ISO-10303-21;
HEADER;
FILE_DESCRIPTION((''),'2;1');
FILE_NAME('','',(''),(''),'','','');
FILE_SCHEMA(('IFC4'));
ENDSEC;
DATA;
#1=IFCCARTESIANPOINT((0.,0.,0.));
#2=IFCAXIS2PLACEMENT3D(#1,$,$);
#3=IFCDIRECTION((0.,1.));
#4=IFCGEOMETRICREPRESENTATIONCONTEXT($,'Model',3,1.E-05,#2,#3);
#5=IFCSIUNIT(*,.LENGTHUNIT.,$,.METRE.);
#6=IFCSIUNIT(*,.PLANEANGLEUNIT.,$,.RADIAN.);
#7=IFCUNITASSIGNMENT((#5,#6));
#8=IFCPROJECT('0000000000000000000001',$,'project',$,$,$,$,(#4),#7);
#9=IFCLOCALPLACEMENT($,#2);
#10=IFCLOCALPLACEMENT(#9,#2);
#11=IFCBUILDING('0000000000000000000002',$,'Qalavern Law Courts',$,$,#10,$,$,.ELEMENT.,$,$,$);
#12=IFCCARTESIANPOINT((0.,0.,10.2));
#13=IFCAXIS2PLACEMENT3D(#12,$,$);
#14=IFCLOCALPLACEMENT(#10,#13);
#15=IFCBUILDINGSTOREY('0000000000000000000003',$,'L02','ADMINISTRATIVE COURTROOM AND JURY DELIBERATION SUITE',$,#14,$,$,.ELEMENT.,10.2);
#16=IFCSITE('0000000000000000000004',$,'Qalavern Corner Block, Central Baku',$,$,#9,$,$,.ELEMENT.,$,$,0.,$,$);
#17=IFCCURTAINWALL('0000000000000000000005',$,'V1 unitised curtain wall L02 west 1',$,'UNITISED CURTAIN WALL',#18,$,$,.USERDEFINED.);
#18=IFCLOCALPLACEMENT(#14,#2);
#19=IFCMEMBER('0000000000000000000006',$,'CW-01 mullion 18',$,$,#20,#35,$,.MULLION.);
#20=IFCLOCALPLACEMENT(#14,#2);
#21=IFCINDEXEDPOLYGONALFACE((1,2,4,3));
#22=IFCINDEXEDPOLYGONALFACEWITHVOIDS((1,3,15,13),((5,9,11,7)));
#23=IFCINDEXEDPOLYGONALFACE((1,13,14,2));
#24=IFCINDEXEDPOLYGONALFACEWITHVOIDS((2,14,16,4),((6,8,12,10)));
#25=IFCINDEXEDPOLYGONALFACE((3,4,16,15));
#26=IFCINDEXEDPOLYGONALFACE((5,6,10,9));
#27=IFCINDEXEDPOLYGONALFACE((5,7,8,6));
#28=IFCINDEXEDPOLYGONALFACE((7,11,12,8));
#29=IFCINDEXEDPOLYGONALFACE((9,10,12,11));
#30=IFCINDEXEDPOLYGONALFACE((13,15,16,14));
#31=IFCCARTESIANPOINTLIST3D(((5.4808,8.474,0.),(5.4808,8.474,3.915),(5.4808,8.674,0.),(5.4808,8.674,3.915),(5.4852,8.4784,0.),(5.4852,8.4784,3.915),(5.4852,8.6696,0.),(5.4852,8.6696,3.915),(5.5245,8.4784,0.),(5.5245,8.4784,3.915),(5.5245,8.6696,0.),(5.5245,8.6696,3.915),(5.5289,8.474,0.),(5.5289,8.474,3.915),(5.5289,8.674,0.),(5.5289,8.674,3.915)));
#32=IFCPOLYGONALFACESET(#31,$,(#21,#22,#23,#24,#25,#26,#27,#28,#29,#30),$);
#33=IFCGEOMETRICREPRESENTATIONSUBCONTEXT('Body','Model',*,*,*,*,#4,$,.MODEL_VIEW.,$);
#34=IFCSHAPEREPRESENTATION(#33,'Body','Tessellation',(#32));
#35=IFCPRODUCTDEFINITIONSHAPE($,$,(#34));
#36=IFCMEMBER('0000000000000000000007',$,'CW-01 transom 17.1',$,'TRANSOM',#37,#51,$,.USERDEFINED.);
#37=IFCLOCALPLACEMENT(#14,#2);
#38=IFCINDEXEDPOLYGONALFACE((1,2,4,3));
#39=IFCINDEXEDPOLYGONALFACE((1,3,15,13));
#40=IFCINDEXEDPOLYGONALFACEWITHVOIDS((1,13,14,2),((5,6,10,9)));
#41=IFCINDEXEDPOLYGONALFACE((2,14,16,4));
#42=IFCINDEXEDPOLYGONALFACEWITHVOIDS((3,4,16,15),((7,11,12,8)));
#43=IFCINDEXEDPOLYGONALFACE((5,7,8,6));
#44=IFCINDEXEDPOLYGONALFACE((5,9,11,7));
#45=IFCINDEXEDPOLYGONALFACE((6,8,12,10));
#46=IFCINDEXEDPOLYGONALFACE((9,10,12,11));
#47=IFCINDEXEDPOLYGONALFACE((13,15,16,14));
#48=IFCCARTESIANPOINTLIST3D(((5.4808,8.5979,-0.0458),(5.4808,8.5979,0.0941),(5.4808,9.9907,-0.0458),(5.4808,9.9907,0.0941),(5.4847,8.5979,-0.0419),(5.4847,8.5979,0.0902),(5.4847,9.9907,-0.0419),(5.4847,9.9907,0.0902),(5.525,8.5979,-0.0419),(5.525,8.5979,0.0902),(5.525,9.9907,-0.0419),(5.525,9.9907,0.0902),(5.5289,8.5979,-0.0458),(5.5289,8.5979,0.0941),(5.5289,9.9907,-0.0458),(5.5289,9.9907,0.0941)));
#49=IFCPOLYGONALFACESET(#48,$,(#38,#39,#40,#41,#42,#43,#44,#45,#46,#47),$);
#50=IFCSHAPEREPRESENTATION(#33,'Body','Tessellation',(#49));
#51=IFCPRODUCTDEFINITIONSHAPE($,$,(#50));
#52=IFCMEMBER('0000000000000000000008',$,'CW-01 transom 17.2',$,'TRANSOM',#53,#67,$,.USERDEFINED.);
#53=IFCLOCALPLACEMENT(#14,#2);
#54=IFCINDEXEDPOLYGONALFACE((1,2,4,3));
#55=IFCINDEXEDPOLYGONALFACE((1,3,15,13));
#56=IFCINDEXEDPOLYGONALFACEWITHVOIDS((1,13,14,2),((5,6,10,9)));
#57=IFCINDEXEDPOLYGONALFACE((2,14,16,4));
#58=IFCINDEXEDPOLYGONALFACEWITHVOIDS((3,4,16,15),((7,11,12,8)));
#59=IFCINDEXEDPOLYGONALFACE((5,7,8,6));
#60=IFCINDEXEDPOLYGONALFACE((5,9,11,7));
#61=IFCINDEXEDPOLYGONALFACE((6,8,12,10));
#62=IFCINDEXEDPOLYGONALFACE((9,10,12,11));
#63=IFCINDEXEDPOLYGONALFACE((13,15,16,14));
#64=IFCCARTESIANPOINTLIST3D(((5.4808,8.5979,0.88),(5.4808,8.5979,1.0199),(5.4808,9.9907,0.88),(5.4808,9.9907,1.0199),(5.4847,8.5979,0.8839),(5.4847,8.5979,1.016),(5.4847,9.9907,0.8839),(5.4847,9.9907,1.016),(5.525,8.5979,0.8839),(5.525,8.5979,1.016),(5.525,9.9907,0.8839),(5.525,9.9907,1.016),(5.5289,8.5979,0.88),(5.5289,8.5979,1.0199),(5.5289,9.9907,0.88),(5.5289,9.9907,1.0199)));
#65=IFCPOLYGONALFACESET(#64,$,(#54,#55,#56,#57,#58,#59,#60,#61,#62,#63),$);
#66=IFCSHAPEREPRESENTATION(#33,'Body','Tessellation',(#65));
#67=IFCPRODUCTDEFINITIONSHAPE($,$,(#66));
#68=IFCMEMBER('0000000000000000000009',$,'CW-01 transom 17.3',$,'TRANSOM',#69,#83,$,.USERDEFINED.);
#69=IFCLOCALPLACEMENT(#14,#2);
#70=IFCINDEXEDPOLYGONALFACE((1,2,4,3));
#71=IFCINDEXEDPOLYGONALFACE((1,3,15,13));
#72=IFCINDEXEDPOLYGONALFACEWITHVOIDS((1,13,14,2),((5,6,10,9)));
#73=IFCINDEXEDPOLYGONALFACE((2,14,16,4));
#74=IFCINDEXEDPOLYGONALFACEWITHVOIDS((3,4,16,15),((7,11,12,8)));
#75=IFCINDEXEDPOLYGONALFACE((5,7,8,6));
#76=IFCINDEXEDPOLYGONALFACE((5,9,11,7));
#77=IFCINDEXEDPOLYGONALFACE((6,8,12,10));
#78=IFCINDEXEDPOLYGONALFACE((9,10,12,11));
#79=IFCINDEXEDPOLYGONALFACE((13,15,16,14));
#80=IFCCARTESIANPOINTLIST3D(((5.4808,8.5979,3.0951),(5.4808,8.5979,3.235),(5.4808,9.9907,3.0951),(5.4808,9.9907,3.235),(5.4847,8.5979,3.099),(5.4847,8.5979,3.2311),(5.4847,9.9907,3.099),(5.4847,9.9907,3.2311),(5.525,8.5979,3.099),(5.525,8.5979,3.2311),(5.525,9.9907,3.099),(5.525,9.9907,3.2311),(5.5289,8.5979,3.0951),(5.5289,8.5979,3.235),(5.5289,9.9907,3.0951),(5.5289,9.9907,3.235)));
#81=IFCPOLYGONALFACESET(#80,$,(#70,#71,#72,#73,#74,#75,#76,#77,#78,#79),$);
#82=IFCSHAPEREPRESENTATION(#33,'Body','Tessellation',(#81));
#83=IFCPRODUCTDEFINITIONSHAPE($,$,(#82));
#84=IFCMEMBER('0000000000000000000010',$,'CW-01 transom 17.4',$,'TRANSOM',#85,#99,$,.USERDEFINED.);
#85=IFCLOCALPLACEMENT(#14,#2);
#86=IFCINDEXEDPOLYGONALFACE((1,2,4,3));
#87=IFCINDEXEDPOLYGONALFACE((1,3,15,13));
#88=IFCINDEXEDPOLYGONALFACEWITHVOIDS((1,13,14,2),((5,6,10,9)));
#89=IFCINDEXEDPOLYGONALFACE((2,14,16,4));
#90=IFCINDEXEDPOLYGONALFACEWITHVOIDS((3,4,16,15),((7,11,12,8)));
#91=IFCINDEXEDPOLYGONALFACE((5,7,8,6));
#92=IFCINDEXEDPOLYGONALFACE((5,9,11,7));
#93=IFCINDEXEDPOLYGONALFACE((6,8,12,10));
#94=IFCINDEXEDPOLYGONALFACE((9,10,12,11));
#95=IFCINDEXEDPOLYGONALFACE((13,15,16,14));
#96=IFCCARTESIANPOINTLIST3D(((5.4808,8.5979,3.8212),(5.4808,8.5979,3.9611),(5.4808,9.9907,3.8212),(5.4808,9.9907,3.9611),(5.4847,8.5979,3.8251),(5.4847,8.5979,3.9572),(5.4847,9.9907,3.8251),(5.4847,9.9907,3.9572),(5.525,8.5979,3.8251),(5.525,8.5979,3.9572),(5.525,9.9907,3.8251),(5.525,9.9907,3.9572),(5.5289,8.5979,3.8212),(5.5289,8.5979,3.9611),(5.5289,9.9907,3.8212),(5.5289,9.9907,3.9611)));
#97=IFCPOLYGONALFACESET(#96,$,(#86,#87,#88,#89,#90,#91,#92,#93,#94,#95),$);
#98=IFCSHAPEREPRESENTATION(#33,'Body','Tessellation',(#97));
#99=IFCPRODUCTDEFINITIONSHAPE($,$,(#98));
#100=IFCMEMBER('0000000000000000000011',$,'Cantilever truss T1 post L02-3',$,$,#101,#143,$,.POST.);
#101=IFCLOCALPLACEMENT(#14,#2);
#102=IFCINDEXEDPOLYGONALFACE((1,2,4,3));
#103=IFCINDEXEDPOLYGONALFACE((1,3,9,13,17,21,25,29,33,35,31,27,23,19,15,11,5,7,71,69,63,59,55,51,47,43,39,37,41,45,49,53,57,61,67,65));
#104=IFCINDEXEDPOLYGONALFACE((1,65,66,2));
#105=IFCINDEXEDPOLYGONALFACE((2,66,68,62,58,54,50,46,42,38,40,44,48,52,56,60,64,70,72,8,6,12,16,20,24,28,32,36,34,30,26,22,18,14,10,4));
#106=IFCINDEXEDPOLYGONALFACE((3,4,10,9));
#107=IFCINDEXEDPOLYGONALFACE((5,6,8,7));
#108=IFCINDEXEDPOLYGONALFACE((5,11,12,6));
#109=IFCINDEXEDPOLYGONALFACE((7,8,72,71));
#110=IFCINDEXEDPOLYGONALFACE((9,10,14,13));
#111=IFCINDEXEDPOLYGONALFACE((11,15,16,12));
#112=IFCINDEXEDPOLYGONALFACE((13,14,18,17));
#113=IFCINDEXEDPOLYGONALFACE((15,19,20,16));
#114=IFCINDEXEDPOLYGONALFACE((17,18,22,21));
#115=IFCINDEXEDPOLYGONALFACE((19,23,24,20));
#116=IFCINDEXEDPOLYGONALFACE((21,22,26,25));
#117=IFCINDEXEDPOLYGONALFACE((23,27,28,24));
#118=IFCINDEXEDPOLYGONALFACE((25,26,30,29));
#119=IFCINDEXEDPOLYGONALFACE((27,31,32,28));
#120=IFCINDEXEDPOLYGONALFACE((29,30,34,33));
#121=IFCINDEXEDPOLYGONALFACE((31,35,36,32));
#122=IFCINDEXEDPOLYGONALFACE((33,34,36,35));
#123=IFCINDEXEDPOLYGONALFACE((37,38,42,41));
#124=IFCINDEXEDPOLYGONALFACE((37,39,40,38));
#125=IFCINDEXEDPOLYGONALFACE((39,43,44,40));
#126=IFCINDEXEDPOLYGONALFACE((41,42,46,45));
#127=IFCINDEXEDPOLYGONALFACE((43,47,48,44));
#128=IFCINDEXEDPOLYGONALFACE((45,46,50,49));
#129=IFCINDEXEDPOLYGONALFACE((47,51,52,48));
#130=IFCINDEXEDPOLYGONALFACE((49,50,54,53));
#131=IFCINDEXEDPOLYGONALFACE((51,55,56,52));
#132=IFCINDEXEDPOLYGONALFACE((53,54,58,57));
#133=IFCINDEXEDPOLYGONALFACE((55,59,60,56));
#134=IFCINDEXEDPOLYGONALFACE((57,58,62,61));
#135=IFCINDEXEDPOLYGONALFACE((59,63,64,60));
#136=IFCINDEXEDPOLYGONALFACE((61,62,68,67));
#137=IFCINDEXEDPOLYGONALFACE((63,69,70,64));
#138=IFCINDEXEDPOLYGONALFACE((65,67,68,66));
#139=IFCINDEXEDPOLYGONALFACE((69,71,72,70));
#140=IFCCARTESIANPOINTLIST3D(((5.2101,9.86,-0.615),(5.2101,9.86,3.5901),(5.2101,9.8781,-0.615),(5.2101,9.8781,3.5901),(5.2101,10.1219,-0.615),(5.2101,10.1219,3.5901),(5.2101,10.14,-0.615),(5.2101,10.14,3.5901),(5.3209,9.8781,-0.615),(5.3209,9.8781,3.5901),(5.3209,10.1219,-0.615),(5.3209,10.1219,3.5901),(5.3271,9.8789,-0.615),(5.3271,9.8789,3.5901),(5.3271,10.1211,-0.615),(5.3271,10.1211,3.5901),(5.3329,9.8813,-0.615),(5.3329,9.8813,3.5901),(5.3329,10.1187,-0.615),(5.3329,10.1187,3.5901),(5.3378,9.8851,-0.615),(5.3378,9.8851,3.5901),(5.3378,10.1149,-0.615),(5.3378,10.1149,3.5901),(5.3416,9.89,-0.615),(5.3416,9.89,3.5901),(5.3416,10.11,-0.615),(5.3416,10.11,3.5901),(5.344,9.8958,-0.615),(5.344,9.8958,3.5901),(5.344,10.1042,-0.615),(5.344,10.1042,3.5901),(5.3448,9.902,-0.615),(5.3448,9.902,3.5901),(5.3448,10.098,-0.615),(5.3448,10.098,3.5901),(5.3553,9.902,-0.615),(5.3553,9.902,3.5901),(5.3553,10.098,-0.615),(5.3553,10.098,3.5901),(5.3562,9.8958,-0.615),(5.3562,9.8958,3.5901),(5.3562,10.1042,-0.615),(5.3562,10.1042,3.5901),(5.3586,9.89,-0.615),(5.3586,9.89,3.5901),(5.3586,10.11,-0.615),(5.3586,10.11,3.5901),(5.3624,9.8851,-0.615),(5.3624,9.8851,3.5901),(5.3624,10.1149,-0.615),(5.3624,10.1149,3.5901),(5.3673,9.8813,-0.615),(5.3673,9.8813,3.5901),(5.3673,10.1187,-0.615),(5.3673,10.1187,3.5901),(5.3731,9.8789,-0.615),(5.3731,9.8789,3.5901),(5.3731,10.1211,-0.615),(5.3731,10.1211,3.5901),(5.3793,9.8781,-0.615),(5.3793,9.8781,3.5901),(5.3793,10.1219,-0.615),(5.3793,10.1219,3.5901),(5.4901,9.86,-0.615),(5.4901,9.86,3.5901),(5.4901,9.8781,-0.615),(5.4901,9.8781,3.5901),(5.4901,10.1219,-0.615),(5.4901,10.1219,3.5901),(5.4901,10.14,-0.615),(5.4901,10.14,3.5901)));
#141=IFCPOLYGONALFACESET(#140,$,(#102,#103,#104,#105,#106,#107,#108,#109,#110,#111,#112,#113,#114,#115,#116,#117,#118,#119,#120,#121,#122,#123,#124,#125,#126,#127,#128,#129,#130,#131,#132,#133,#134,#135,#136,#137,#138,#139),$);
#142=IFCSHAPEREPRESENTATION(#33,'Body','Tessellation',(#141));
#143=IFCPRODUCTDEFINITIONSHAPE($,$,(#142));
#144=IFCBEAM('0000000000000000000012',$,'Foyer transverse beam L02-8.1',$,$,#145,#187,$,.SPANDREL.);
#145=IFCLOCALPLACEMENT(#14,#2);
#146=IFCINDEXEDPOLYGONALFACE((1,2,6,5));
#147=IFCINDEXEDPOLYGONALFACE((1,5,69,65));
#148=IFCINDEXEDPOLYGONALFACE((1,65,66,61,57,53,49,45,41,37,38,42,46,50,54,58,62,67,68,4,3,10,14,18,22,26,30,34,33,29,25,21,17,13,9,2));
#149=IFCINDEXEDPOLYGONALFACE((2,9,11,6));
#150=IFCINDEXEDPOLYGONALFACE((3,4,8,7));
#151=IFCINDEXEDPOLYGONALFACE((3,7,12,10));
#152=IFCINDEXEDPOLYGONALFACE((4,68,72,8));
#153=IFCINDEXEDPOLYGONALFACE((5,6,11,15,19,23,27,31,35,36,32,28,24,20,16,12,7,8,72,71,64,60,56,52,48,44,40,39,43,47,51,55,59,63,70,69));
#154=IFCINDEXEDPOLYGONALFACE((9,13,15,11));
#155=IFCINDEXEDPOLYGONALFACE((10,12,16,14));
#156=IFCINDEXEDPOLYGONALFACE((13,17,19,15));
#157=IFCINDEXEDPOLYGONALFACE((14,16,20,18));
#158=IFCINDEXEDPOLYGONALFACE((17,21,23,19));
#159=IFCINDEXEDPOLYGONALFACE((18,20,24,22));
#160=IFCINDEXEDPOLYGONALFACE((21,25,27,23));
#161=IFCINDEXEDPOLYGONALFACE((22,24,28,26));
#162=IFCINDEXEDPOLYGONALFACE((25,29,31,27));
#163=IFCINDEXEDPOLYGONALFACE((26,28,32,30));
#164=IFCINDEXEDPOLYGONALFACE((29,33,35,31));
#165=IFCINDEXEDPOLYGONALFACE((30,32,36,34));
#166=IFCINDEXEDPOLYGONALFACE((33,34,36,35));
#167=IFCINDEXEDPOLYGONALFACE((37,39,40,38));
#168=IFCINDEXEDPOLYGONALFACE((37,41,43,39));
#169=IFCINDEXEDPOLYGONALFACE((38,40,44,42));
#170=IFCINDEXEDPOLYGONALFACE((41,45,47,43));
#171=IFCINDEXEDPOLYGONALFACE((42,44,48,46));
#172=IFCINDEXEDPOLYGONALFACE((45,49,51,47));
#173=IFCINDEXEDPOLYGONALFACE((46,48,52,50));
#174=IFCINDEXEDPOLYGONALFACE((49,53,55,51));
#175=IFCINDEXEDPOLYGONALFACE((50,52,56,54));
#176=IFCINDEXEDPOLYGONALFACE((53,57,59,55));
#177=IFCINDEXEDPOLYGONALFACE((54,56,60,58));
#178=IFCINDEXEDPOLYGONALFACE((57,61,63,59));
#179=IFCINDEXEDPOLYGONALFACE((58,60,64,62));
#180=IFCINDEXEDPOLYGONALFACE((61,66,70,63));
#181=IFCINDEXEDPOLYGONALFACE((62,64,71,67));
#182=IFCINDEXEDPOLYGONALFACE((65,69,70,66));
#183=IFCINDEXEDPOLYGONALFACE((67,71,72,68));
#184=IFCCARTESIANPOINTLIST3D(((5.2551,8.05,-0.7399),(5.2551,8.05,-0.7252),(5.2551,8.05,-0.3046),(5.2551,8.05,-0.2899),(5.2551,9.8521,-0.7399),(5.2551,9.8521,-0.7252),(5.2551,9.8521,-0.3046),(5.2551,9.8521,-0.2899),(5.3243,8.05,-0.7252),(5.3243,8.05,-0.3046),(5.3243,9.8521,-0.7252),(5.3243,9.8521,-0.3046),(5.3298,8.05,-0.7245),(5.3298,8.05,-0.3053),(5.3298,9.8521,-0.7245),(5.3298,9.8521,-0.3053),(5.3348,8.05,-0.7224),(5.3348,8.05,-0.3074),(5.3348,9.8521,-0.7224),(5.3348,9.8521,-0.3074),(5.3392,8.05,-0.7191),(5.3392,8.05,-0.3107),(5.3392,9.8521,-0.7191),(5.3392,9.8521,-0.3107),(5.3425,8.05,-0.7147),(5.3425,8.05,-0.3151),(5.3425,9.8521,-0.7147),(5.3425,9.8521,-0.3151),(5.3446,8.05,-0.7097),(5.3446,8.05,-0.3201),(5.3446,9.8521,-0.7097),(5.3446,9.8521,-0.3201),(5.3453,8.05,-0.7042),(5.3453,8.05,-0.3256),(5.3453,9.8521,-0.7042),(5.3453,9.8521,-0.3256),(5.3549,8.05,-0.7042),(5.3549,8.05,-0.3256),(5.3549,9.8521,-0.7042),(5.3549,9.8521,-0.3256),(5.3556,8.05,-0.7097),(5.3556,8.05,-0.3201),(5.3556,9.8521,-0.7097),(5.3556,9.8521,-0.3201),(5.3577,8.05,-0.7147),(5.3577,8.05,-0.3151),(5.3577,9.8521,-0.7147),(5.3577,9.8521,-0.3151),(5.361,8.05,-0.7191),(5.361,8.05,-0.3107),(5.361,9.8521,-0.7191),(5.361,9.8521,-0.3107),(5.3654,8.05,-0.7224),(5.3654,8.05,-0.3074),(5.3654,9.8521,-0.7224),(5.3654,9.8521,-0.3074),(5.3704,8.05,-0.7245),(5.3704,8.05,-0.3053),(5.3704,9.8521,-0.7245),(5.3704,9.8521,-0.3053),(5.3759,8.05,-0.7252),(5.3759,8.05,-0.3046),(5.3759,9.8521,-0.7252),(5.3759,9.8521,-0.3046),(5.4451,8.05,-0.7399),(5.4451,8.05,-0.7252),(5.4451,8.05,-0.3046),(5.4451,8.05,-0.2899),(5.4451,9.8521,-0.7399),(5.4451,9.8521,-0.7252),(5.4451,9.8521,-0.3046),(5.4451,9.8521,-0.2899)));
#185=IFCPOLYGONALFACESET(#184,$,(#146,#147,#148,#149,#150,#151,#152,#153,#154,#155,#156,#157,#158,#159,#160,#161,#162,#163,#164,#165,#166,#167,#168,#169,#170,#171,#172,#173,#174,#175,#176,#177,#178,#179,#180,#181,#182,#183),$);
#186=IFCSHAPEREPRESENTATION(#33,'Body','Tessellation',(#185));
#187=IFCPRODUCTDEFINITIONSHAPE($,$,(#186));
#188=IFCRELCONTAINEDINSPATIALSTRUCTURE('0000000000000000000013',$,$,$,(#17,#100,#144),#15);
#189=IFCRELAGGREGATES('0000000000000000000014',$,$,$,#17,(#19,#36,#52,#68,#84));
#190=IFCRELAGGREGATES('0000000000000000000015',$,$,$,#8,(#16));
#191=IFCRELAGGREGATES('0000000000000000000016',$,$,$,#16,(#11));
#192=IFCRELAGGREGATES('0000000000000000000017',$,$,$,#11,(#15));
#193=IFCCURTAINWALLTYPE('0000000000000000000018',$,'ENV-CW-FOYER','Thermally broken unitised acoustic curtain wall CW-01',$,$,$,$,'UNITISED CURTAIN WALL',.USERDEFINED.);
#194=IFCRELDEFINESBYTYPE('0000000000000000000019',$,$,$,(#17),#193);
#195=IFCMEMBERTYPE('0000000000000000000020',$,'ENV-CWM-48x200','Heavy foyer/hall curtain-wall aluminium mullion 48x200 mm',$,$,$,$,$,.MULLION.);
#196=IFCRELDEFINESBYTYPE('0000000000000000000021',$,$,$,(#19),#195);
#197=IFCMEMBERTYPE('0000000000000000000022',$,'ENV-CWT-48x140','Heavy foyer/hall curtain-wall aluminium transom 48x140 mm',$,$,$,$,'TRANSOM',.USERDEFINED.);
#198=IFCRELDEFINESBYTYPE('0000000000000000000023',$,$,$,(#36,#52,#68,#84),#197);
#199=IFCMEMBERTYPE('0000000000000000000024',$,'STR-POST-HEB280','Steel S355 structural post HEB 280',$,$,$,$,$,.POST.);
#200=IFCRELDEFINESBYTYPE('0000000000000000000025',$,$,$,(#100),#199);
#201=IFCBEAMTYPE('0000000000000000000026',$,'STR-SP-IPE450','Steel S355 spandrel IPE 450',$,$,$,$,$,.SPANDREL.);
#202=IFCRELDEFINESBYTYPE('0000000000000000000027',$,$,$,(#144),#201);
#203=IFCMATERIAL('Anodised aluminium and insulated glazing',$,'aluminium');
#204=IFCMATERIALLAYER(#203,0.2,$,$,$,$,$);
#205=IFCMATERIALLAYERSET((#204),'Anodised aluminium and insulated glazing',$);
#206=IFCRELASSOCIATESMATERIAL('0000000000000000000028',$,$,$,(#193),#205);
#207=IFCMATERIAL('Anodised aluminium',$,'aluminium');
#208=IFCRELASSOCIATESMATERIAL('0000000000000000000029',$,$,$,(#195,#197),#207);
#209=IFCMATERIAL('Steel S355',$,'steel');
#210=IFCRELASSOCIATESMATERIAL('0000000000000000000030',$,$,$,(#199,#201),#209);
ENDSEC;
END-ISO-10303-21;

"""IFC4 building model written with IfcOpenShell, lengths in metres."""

from ifc_helpers import new_model, si_unit, direction, frame, origin, origin_2d, place, context, subcontext, project, spatial, hollow_rectangle, i_section, extrude, material, layer, layer_set, material_profile, profile_set, type_object, element, aggregate, save


model = new_model("IFC4")

# Units and contexts
model_context = context("Model", 3, precision=1e-05, world=origin(), true_north=direction((0.0, 1.0)))
body_context = subcontext(model_context, "Body", "Model", "MODEL_VIEW")
ifc_project = project(units=[si_unit("LENGTHUNIT", "METRE"), si_unit("PLANEANGLEUNIT", "RADIAN")], contexts=[model_context])

# Site, building, storey
site_placement = place(None, origin())
site = spatial("IfcSite", under=ifc_project, at=site_placement, Name="Qalavern Corner Block, Central Baku", CompositionType="ELEMENT", RefElevation=0.0)
building_placement = place(site_placement, origin())
building = spatial("IfcBuilding", under=site, at=building_placement, Name="Qalavern Law Courts", CompositionType="ELEMENT")
storey_placement = place(building_placement, frame((0.0, 0.0, 10.2)))
storey = spatial("IfcBuildingStorey", under=building, at=storey_placement, Name="L02", Description="ADMINISTRATIVE COURTROOM AND JURY DELIBERATION SUITE", CompositionType="ELEMENT", Elevation=10.2)

# Curtain wall, members
ifc_material_1 = material(Name="Anodised aluminium and insulated glazing", Category="aluminium")
ifc_layer_1 = layer(ifc_material_1, 0.2)
ifc_layer_set_1 = layer_set([ifc_layer_1], Name="Anodised aluminium and insulated glazing")
curtain_wall_type = type_object("IfcCurtainWallType", Name="ENV-CW-FOYER", Description="Thermally broken unitised acoustic curtain wall CW-01", ElementType="UNITISED CURTAIN WALL", PredefinedType="USERDEFINED", material=ifc_layer_set_1)
curtain_wall_placement = place(storey_placement, origin())
curtain_wall = element("IfcCurtainWall", 1, at=curtain_wall_placement, inside=storey, type_object=curtain_wall_type, Name="V1 unitised curtain wall L02 west 1", ObjectType="UNITISED CURTAIN WALL", PredefinedType="USERDEFINED")
ifc_material_2 = material(Name="Anodised aluminium", Category="aluminium")
ifc_material_profile_1 = material_profile(ifc_material_2, hollow_rectangle(XDim=0.0481, YDim=0.2, WallThickness=0.0044, at=origin_2d()), Name="ALU MULLION 48x200")
ifc_profile_set_1 = profile_set([ifc_material_profile_1], Name="Anodised aluminium")
member_type_1 = type_object("IfcMemberType", Name="ENV-CWM-48x200", Description="Heavy foyer/hall curtain-wall aluminium mullion 48x200 mm", PredefinedType="MULLION", material=ifc_profile_set_1)
member_1_placement = place(storey_placement, frame((5.5049, 8.574, 0.0), z_axis=(0.0, 0.0, 1.0), x_axis=(1.0, 0.0, 0.0)))
member_1 = element("IfcMember", 2, at=member_1_placement, type_object=member_type_1, Name="CW-01 mullion 18", PredefinedType="MULLION", context=body_context, shape_type="SweptSolid", body=[
    extrude(hollow_rectangle(XDim=0.0481, YDim=0.2, WallThickness=0.0044, at=origin_2d()), origin(), (0.0, 0.0, 1.0), 3.915),
])
ifc_material_profile_2 = material_profile(ifc_material_2, hollow_rectangle(XDim=0.0481, YDim=0.1399, WallThickness=0.0039, at=origin_2d()), Name="ALU TRANSOM 48x140")
ifc_profile_set_2 = profile_set([ifc_material_profile_2], Name="Anodised aluminium")
member_type_2 = type_object("IfcMemberType", Name="ENV-CWT-48x140", Description="Heavy foyer/hall curtain-wall aluminium transom 48x140 mm", ElementType="TRANSOM", PredefinedType="USERDEFINED", material=ifc_profile_set_2)
member_2_placement = place(storey_placement, frame((5.5049, 9.9907, 0.0242), z_axis=(0.0, -1.0, 0.0), x_axis=(1.0, 0.0, 0.0)))
member_2 = element("IfcMember", 3, at=member_2_placement, type_object=member_type_2, Name="CW-01 transom 17.1", ObjectType="TRANSOM", PredefinedType="USERDEFINED", context=body_context, shape_type="SweptSolid", body=[
    extrude(hollow_rectangle(XDim=0.0481, YDim=0.1399, WallThickness=0.0039, at=origin_2d()), origin(), (0.0, 0.0, 1.0), 1.3928),
])
member_3_placement = place(storey_placement, frame((5.5049, 9.9907, 0.95), z_axis=(0.0, -1.0, 0.0), x_axis=(1.0, 0.0, 0.0)))
member_3 = element("IfcMember", 4, at=member_3_placement, type_object=member_type_2, Name="CW-01 transom 17.2", ObjectType="TRANSOM", PredefinedType="USERDEFINED", context=body_context, shape_type="SweptSolid", body=[
    extrude(hollow_rectangle(XDim=0.0481, YDim=0.1399, WallThickness=0.0039, at=origin_2d()), origin(), (0.0, 0.0, 1.0), 1.3928),
])
member_4_placement = place(storey_placement, frame((5.5049, 9.9907, 3.165), z_axis=(0.0, -1.0, 0.0), x_axis=(1.0, 0.0, 0.0)))
member_4 = element("IfcMember", 5, at=member_4_placement, type_object=member_type_2, Name="CW-01 transom 17.3", ObjectType="TRANSOM", PredefinedType="USERDEFINED", context=body_context, shape_type="SweptSolid", body=[
    extrude(hollow_rectangle(XDim=0.0481, YDim=0.1399, WallThickness=0.0039, at=origin_2d()), origin(), (0.0, 0.0, 1.0), 1.3928),
])
member_5_placement = place(storey_placement, frame((5.5049, 9.9907, 3.8911), z_axis=(0.0, -1.0, 0.0), x_axis=(1.0, 0.0, 0.0)))
member_5 = element("IfcMember", 6, at=member_5_placement, type_object=member_type_2, Name="CW-01 transom 17.4", ObjectType="TRANSOM", PredefinedType="USERDEFINED", context=body_context, shape_type="SweptSolid", body=[
    extrude(hollow_rectangle(XDim=0.0481, YDim=0.1399, WallThickness=0.0039, at=origin_2d()), origin(), (0.0, 0.0, 1.0), 1.3928),
])

# Member
ifc_material_3 = material(Name="Steel S355", Category="steel")
ifc_material_profile_3 = material_profile(ifc_material_3, i_section(OverallWidth=0.28, OverallDepth=0.28, WebThickness=0.0105, FlangeThickness=0.0181, FilletRadius=0.0239, at=origin_2d()), Name="HEB 280")
ifc_profile_set_3 = profile_set([ifc_material_profile_3], Name="Steel S355")
member_type_3 = type_object("IfcMemberType", Name="STR-POST-HEB280", Description="Steel S355 structural post HEB 280", PredefinedType="POST", material=ifc_profile_set_3)
member_6_placement = place(storey_placement, frame((5.3501, 10.0, -0.615), z_axis=(0.0, 0.0, 1.0), x_axis=(1.0, 0.0, 0.0)))
element("IfcMember", 7, at=member_6_placement, inside=storey, type_object=member_type_3, Name="Cantilever truss T1 post L02-3", PredefinedType="POST", context=body_context, shape_type="SweptSolid", body=[
    extrude(i_section(OverallWidth=0.28, OverallDepth=0.28, WebThickness=0.0105, FlangeThickness=0.0181, FilletRadius=0.0239, at=origin_2d()), origin(), (0.0, 0.0, 1.0), 4.2051),
])

# Beam
ifc_material_profile_4 = material_profile(ifc_material_3, i_section(OverallWidth=0.1899, OverallDepth=0.45, WebThickness=0.0095, FlangeThickness=0.0146, FilletRadius=0.021, at=origin_2d()), Name="IPE 450")
ifc_profile_set_4 = profile_set([ifc_material_profile_4], Name="Steel S355")
beam_type = type_object("IfcBeamType", Name="STR-SP-IPE450", Description="Steel S355 spandrel IPE 450", PredefinedType="SPANDREL", material=ifc_profile_set_4)
beam_placement = place(storey_placement, frame((5.3501, 8.05, -0.5149), z_axis=(0.0, 1.0, 0.0), x_axis=(-1.0, 0.0, 0.0)))
element("IfcBeam", 8, at=beam_placement, inside=storey, type_object=beam_type, Name="Foyer transverse beam L02-8.1", PredefinedType="SPANDREL", context=body_context, shape_type="SweptSolid", body=[
    extrude(i_section(OverallWidth=0.1899, OverallDepth=0.45, WebThickness=0.0095, FlangeThickness=0.0146, FilletRadius=0.021, at=origin_2d()), origin(), (0.0, 0.0, 1.0), 1.802),
])

aggregate(curtain_wall, [member_1, member_2, member_3, member_4, member_5])

save(model, "model.ifc")
